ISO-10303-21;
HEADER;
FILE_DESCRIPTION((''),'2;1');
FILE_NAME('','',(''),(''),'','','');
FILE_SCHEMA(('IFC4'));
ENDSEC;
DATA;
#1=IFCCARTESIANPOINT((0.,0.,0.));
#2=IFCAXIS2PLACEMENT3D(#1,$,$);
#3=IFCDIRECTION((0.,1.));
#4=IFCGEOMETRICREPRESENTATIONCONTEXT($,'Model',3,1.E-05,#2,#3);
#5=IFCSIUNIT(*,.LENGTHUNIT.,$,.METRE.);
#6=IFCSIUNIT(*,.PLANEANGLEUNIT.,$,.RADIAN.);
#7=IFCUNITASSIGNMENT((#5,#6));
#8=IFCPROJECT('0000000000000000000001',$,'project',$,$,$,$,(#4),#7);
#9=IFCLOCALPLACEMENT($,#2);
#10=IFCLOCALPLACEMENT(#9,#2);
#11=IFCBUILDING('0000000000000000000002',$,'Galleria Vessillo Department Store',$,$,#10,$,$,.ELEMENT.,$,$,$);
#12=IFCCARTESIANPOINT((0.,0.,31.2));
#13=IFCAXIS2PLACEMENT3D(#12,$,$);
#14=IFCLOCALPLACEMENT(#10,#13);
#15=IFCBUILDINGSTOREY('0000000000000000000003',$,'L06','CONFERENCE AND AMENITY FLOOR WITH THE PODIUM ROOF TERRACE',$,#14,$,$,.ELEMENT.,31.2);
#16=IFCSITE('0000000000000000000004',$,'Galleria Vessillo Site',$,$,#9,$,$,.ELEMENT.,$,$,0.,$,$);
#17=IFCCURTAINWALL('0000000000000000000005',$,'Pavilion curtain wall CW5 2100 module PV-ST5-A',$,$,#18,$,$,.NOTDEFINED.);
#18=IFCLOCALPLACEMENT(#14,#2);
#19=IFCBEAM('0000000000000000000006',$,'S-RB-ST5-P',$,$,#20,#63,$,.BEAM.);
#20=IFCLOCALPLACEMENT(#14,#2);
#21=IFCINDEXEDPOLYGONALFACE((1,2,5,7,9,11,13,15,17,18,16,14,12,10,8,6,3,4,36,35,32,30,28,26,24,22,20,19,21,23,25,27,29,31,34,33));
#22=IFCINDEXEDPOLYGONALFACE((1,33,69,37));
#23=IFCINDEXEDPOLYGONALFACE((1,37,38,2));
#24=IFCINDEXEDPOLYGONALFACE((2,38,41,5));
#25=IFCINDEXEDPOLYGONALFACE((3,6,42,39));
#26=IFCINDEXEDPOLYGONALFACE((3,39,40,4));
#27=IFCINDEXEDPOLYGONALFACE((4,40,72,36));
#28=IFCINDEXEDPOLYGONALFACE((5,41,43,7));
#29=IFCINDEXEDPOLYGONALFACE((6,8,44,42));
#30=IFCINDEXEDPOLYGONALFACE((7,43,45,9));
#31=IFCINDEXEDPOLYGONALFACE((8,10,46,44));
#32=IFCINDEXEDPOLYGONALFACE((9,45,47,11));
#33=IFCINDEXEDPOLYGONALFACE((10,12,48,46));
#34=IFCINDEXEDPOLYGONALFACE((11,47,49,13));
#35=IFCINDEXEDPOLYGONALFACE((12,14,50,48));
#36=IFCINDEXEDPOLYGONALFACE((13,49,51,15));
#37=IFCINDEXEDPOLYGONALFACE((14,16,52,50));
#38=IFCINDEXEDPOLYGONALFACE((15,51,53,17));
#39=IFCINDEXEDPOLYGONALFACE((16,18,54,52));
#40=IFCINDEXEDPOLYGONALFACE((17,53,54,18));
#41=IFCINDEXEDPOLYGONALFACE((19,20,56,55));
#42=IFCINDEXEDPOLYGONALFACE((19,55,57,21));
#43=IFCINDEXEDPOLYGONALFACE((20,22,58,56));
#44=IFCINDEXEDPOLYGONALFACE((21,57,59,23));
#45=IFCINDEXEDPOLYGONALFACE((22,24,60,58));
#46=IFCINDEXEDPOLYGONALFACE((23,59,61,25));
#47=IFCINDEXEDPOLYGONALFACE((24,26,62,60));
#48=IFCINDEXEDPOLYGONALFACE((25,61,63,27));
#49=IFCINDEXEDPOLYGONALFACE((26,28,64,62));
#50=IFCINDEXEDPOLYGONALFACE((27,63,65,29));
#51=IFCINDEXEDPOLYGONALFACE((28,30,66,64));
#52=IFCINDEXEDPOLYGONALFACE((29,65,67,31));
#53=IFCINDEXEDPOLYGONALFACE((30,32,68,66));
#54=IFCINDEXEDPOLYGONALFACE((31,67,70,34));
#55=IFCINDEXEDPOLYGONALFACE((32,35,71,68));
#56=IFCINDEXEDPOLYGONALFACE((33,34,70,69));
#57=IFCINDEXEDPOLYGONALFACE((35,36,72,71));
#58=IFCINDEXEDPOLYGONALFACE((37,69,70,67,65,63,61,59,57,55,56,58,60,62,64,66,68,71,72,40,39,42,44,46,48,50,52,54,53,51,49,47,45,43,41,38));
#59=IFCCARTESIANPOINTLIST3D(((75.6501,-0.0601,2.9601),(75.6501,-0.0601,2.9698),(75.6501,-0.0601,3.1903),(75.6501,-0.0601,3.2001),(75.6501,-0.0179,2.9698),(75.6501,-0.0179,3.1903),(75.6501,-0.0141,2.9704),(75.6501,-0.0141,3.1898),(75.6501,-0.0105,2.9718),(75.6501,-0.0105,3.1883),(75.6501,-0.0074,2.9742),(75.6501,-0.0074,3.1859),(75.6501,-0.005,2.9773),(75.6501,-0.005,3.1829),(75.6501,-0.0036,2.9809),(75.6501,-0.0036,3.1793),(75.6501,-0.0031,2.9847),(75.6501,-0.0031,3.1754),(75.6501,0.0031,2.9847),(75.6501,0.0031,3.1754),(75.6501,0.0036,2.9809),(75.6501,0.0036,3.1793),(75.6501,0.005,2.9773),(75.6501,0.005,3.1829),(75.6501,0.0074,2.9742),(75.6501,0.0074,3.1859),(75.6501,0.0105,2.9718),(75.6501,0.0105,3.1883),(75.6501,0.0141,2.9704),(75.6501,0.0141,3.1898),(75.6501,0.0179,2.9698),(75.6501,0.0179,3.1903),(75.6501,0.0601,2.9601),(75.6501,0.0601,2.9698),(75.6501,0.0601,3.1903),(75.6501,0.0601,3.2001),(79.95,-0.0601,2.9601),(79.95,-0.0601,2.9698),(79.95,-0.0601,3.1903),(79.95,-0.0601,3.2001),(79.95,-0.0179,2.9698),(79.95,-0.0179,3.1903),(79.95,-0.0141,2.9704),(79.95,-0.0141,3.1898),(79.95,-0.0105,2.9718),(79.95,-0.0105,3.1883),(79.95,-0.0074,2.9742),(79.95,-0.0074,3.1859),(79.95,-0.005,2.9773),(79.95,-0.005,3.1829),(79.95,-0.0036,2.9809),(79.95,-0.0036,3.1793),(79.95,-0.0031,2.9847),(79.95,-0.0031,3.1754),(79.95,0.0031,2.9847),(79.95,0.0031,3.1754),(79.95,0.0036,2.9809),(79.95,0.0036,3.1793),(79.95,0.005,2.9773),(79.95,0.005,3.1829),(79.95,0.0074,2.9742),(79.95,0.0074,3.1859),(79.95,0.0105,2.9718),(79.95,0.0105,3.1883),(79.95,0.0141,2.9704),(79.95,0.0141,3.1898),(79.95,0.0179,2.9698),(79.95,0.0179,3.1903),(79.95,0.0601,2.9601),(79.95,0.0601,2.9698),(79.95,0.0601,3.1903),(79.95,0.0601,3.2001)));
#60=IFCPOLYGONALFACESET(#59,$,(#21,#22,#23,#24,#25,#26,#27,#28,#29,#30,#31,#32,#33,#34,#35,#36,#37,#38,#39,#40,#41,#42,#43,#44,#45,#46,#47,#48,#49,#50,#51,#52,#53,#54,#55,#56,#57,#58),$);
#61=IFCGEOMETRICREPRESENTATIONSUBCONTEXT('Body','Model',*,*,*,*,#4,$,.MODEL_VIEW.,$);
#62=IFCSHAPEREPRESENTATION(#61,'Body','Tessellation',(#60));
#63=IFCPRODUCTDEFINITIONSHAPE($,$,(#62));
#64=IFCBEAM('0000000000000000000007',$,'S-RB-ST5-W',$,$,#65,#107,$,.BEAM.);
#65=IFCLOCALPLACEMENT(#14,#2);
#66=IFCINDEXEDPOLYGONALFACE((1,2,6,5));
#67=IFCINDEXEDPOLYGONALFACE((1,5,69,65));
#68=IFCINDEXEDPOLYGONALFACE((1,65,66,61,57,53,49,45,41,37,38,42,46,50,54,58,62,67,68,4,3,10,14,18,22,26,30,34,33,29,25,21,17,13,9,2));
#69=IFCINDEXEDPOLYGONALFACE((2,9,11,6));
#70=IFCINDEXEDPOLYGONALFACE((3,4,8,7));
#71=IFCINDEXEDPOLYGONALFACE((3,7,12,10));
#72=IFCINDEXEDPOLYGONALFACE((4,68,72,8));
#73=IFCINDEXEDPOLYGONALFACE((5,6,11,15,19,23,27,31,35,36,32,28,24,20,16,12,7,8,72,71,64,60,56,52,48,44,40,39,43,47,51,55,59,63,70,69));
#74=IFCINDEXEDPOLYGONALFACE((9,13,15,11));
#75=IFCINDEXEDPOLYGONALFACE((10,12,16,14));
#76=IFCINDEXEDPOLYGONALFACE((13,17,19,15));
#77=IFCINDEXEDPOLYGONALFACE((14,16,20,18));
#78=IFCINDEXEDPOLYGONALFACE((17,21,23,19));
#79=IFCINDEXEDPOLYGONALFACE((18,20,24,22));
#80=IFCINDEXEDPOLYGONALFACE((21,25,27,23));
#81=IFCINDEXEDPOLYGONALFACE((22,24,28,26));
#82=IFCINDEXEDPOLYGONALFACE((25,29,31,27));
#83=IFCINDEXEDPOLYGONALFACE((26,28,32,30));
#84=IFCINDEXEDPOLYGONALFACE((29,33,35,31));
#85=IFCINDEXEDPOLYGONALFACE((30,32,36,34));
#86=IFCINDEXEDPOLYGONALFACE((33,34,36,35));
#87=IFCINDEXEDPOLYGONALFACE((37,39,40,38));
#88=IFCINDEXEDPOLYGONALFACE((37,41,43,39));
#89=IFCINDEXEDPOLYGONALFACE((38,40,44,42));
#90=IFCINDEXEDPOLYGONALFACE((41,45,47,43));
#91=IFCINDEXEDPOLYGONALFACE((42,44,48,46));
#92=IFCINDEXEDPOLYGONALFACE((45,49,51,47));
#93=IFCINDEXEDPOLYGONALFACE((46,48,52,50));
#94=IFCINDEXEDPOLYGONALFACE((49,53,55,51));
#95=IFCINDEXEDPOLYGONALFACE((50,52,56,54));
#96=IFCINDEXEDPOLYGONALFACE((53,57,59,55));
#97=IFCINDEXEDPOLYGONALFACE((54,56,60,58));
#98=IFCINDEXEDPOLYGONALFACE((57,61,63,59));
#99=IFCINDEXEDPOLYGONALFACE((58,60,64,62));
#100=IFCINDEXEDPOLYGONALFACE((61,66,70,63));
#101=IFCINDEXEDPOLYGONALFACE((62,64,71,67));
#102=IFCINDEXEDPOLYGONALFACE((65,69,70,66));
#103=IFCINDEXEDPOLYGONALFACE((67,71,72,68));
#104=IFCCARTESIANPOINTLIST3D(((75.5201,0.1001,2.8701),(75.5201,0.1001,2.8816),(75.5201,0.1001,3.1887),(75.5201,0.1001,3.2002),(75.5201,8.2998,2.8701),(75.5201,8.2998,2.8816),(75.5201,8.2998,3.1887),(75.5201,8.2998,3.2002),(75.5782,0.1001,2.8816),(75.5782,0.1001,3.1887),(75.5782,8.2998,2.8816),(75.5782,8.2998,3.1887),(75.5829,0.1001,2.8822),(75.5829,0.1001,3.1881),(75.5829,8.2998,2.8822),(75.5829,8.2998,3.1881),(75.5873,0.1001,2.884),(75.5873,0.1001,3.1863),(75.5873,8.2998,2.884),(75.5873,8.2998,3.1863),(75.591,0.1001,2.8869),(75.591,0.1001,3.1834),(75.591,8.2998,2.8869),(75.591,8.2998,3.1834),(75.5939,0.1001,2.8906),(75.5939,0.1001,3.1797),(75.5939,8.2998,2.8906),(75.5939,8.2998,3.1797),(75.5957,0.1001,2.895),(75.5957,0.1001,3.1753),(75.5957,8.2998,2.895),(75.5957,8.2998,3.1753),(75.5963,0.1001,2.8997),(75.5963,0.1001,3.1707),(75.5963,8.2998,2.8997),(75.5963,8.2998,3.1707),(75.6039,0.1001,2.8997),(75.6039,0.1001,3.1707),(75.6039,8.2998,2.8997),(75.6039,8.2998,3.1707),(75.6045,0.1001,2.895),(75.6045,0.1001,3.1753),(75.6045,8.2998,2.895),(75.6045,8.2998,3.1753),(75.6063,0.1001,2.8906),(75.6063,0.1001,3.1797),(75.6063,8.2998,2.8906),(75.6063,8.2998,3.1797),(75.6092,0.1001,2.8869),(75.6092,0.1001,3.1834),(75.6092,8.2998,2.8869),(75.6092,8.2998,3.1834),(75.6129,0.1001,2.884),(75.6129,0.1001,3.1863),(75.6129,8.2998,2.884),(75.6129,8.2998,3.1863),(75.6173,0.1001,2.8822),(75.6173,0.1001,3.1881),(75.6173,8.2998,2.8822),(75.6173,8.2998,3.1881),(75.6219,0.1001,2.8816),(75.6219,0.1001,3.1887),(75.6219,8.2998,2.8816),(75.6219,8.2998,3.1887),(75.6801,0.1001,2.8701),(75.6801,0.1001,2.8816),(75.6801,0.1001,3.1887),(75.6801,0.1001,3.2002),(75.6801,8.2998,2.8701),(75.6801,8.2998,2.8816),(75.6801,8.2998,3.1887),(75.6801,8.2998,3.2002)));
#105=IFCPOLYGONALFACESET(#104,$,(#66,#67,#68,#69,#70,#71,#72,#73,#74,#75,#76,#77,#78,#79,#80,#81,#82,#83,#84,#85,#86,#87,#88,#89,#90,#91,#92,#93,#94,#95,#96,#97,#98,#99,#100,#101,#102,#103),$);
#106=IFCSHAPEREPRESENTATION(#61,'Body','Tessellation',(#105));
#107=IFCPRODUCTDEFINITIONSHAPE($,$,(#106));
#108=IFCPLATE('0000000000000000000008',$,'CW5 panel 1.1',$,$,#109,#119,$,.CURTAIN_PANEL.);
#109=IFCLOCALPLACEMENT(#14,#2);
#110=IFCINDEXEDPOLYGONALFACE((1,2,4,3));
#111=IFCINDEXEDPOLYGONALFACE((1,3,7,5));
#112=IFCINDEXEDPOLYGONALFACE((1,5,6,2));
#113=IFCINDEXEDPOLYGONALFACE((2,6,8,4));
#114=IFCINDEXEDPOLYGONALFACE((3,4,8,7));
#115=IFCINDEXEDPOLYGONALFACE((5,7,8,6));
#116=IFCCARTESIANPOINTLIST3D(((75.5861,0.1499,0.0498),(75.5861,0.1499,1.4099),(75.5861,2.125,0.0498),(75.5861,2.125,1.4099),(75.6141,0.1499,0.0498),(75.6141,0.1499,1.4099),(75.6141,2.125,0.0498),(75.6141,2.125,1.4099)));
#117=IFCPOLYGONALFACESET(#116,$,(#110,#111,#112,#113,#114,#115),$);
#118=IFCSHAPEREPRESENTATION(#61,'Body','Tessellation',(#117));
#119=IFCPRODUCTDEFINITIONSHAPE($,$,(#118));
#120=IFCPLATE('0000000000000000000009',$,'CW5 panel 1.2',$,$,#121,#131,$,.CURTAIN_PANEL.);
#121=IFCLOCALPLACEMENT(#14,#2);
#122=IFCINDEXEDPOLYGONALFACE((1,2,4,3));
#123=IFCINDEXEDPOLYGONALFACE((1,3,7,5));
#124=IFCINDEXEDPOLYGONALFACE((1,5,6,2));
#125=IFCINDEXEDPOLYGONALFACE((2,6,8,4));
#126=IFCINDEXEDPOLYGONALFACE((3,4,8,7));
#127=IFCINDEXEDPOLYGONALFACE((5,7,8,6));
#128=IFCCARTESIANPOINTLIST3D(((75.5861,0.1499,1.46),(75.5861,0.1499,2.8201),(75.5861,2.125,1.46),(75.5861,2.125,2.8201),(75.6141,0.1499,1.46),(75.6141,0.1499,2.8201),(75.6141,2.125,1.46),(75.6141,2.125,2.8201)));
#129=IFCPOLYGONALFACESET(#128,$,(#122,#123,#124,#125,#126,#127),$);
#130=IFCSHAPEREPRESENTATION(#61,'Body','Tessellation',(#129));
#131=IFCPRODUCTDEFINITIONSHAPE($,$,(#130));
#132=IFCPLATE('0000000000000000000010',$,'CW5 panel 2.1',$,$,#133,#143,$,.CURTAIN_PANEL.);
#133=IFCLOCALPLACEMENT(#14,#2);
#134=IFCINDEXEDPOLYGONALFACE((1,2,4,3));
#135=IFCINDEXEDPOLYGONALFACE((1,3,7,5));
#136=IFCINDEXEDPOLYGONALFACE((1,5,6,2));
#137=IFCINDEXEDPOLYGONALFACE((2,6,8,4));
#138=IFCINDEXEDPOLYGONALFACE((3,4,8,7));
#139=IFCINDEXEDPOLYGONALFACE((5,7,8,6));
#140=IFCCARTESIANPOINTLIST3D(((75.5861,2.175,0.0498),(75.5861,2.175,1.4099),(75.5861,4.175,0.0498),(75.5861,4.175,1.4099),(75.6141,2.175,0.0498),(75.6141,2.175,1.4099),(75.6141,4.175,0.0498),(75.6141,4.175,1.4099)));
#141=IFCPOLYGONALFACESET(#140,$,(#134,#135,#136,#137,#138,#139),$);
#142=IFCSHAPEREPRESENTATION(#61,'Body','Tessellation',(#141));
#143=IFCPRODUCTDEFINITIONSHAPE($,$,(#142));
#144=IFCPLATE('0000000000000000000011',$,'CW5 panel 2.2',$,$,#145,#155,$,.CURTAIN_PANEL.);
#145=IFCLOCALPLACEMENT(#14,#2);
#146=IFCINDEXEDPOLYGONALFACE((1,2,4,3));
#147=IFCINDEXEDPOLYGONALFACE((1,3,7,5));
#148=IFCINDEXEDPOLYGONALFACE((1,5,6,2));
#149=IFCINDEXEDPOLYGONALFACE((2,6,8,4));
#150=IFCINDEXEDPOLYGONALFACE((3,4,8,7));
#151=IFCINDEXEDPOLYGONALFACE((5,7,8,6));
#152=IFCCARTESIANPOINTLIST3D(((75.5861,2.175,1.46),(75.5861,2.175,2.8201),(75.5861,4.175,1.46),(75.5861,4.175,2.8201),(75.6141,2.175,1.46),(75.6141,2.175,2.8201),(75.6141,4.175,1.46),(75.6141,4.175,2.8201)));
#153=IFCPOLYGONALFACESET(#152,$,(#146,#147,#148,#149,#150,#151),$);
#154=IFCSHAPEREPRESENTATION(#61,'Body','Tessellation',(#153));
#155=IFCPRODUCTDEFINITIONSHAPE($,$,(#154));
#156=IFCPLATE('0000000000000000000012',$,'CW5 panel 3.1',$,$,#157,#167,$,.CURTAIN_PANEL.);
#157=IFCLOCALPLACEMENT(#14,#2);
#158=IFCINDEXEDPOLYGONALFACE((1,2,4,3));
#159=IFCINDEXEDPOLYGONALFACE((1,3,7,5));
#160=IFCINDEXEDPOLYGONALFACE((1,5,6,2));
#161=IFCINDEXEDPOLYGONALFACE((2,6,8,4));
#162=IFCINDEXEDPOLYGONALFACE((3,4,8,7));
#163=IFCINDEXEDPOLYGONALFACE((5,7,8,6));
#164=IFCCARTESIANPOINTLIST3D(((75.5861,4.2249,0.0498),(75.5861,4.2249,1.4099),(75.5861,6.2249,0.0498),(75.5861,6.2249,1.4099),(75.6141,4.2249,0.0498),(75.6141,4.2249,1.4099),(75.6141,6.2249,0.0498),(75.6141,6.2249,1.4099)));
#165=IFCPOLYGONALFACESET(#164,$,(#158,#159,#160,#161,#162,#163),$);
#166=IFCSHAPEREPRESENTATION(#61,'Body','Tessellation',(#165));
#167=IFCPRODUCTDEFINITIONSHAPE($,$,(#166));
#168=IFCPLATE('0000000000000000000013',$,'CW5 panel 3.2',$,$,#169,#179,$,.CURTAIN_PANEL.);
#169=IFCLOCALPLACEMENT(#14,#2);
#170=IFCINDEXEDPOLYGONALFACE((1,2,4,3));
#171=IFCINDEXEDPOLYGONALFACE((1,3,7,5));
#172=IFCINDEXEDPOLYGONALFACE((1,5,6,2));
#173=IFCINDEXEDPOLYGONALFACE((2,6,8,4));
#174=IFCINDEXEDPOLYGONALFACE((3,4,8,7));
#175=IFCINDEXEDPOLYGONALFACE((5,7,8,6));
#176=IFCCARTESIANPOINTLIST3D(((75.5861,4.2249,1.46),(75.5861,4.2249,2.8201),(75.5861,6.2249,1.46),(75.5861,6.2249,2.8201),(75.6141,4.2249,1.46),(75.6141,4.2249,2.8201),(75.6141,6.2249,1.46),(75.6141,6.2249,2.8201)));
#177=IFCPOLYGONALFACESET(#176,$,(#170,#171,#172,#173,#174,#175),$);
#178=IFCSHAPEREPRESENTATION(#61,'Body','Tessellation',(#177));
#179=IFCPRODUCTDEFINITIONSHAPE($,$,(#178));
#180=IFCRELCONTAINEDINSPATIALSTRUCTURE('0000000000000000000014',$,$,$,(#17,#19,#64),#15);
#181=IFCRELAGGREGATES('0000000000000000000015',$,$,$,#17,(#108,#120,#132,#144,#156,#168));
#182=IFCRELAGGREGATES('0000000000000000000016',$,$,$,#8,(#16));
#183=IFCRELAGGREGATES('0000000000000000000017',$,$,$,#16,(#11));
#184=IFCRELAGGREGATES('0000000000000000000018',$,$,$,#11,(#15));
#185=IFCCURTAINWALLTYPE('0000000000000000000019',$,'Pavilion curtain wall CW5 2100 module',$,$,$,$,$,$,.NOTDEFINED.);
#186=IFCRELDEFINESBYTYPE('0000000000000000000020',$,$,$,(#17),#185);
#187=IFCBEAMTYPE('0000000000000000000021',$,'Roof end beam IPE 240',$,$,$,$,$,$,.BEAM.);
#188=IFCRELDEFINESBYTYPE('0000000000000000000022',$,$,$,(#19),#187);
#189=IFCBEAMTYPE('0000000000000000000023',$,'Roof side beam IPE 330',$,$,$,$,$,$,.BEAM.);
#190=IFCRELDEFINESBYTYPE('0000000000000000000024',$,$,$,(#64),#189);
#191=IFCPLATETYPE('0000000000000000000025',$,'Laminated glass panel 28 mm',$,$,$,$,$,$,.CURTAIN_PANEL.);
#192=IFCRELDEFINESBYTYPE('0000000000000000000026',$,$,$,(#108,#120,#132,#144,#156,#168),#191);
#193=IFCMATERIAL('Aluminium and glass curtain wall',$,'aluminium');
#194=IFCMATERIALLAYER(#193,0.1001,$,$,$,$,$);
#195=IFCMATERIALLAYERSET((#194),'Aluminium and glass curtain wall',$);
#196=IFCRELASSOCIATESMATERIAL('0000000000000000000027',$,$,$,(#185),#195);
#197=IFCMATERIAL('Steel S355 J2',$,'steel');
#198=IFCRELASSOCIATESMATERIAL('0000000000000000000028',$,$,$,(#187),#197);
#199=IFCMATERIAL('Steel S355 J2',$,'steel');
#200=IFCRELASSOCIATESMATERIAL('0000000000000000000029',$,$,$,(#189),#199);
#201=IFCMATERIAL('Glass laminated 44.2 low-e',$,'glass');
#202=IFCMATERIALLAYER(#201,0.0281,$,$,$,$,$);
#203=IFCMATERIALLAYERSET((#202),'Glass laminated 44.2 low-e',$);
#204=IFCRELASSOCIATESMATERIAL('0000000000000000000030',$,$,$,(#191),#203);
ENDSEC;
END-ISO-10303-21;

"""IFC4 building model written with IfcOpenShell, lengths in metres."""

from ifc_helpers import new_model, si_unit, direction, frame, origin, origin_2d, place, context, subcontext, project, spatial, rectangle, i_section, extrude, material, layer, layer_set, material_profile, profile_set, type_object, element, aggregate, save


model = new_model("IFC4")

# Units and contexts
model_context = context("Model", 3, precision=1e-05, world=origin(), true_north=direction((0.0, 1.0)))
body_context = subcontext(model_context, "Body", "Model", "MODEL_VIEW")
ifc_project = project(units=[si_unit("LENGTHUNIT", "METRE"), si_unit("PLANEANGLEUNIT", "RADIAN")], contexts=[model_context])

# Site, building, storey
site_placement = place(None, origin())
site = spatial("IfcSite", under=ifc_project, at=site_placement, Name="Galleria Vessillo Site", CompositionType="ELEMENT", RefElevation=0.0)
building_placement = place(site_placement, origin())
building = spatial("IfcBuilding", under=site, at=building_placement, Name="Galleria Vessillo Department Store", CompositionType="ELEMENT")
storey_placement = place(building_placement, frame((0.0, 0.0, 31.2)))
storey = spatial("IfcBuildingStorey", under=building, at=storey_placement, Name="L06", Description="CONFERENCE AND AMENITY FLOOR WITH THE PODIUM ROOF TERRACE", CompositionType="ELEMENT", Elevation=31.2)

# Curtain wall
ifc_material_1 = material(Name="Aluminium and glass curtain wall", Category="aluminium")
ifc_layer_1 = layer(ifc_material_1, 0.1001)
ifc_layer_set_1 = layer_set([ifc_layer_1], Name="Aluminium and glass curtain wall")
curtain_wall_type = type_object("IfcCurtainWallType", Name="Pavilion curtain wall CW5 2100 module", PredefinedType="NOTDEFINED", material=ifc_layer_set_1)
curtain_wall_placement = place(storey_placement, origin())
curtain_wall = element("IfcCurtainWall", 1, at=curtain_wall_placement, inside=storey, type_object=curtain_wall_type, Name="Pavilion curtain wall CW5 2100 module PV-ST5-A", PredefinedType="NOTDEFINED")

# Beams
ifc_material_2 = material(Name="Steel S355 J2", Category="steel")
ifc_material_profile_1 = material_profile(ifc_material_2, i_section(OverallWidth=0.1201, OverallDepth=0.24, WebThickness=0.0061, FlangeThickness=0.0098, FilletRadius=0.0149, at=origin_2d()), Name="IPE 240")
ifc_profile_set_1 = profile_set([ifc_material_profile_1], Name="Steel S355 J2")
beam_type_1 = type_object("IfcBeamType", Name="Roof end beam IPE 240", PredefinedType="BEAM", material=ifc_profile_set_1)
beam_1_placement = place(storey_placement, frame((75.6501, 0.0, 3.0801), z_axis=(1.0, 0.0, 0.0), x_axis=(0.0, 1.0, 0.0)))
element("IfcBeam", 2, at=beam_1_placement, inside=storey, type_object=beam_type_1, Name="S-RB-ST5-P", PredefinedType="BEAM", context=body_context, shape_type="SweptSolid", body=[
    extrude(i_section(OverallWidth=0.1201, OverallDepth=0.24, WebThickness=0.0061, FlangeThickness=0.0098, FilletRadius=0.0149, at=origin_2d()), origin(), (0.0, 0.0, 1.0), 4.2998),
])
ifc_material_3 = material(Name="Steel S355 J2", Category="steel")
ifc_material_profile_2 = material_profile(ifc_material_3, i_section(OverallWidth=0.1599, OverallDepth=0.3301, WebThickness=0.0076, FlangeThickness=0.0115, FilletRadius=0.0181, at=origin_2d()), Name="IPE 330")
ifc_profile_set_2 = profile_set([ifc_material_profile_2], Name="Steel S355 J2")
beam_type_2 = type_object("IfcBeamType", Name="Roof side beam IPE 330", PredefinedType="BEAM", material=ifc_profile_set_2)
beam_2_placement = place(storey_placement, frame((75.6001, 0.1001, 3.0352), z_axis=(0.0, 1.0, 0.0), x_axis=(-1.0, 0.0, 0.0)))
element("IfcBeam", 3, at=beam_2_placement, inside=storey, type_object=beam_type_2, Name="S-RB-ST5-W", PredefinedType="BEAM", context=body_context, shape_type="SweptSolid", body=[
    extrude(i_section(OverallWidth=0.1599, OverallDepth=0.3301, WebThickness=0.0076, FlangeThickness=0.0115, FilletRadius=0.0181, at=origin_2d()), origin(), (0.0, 0.0, 1.0), 8.1997),
])

# Plates
ifc_material_4 = material(Name="Glass laminated 44.2 low-e", Category="glass")
ifc_layer_2 = layer(ifc_material_4, 0.0281)
ifc_layer_set_2 = layer_set([ifc_layer_2], Name="Glass laminated 44.2 low-e")
plate_type = type_object("IfcPlateType", Name="Laminated glass panel 28 mm", PredefinedType="CURTAIN_PANEL", material=ifc_layer_set_2)
plate_1_placement = place(storey_placement, frame((75.6001, 1.1375, 0.0498), z_axis=(0.0, 0.0, 1.0), x_axis=(0.0, 1.0, 0.0)))
plate_1 = element("IfcPlate", 4, at=plate_1_placement, type_object=plate_type, Name="CW5 panel 1.1", PredefinedType="CURTAIN_PANEL", context=body_context, shape_type="SweptSolid", body=[
    extrude(rectangle(XDim=1.9751, YDim=0.0281, at=origin_2d()), origin(), (0.0, 0.0, 1.0), 1.3601),
])
plate_2_placement = place(storey_placement, frame((75.6001, 1.1375, 1.46), z_axis=(0.0, 0.0, 1.0), x_axis=(0.0, 1.0, 0.0)))
plate_2 = element("IfcPlate", 5, at=plate_2_placement, type_object=plate_type, Name="CW5 panel 1.2", PredefinedType="CURTAIN_PANEL", context=body_context, shape_type="SweptSolid", body=[
    extrude(rectangle(XDim=1.9751, YDim=0.0281, at=origin_2d()), origin(), (0.0, 0.0, 1.0), 1.3601),
])
plate_3_placement = place(storey_placement, frame((75.6001, 3.175, 0.0498), z_axis=(0.0, 0.0, 1.0), x_axis=(0.0, 1.0, 0.0)))
plate_3 = element("IfcPlate", 6, at=plate_3_placement, type_object=plate_type, Name="CW5 panel 2.1", PredefinedType="CURTAIN_PANEL", context=body_context, shape_type="SweptSolid", body=[
    extrude(rectangle(XDim=2.0, YDim=0.0281, at=origin_2d()), origin(), (0.0, 0.0, 1.0), 1.3601),
])
plate_4_placement = place(storey_placement, frame((75.6001, 3.175, 1.46), z_axis=(0.0, 0.0, 1.0), x_axis=(0.0, 1.0, 0.0)))
plate_4 = element("IfcPlate", 7, at=plate_4_placement, type_object=plate_type, Name="CW5 panel 2.2", PredefinedType="CURTAIN_PANEL", context=body_context, shape_type="SweptSolid", body=[
    extrude(rectangle(XDim=2.0, YDim=0.0281, at=origin_2d()), origin(), (0.0, 0.0, 1.0), 1.3601),
])
plate_5_placement = place(storey_placement, frame((75.6001, 5.2249, 0.0498), z_axis=(0.0, 0.0, 1.0), x_axis=(0.0, 1.0, 0.0)))
plate_5 = element("IfcPlate", 8, at=plate_5_placement, type_object=plate_type, Name="CW5 panel 3.1", PredefinedType="CURTAIN_PANEL", context=body_context, shape_type="SweptSolid", body=[
    extrude(rectangle(XDim=2.0, YDim=0.0281, at=origin_2d()), origin(), (0.0, 0.0, 1.0), 1.3601),
])
plate_6_placement = place(storey_placement, frame((75.6001, 5.2249, 1.46), z_axis=(0.0, 0.0, 1.0), x_axis=(0.0, 1.0, 0.0)))
plate_6 = element("IfcPlate", 9, at=plate_6_placement, type_object=plate_type, Name="CW5 panel 3.2", PredefinedType="CURTAIN_PANEL", context=body_context, shape_type="SweptSolid", body=[
    extrude(rectangle(XDim=2.0, YDim=0.0281, at=origin_2d()), origin(), (0.0, 0.0, 1.0), 1.3601),
])
aggregate(curtain_wall, [plate_1, plate_2, plate_3, plate_4, plate_5, plate_6])

save(model, "model.ifc")
